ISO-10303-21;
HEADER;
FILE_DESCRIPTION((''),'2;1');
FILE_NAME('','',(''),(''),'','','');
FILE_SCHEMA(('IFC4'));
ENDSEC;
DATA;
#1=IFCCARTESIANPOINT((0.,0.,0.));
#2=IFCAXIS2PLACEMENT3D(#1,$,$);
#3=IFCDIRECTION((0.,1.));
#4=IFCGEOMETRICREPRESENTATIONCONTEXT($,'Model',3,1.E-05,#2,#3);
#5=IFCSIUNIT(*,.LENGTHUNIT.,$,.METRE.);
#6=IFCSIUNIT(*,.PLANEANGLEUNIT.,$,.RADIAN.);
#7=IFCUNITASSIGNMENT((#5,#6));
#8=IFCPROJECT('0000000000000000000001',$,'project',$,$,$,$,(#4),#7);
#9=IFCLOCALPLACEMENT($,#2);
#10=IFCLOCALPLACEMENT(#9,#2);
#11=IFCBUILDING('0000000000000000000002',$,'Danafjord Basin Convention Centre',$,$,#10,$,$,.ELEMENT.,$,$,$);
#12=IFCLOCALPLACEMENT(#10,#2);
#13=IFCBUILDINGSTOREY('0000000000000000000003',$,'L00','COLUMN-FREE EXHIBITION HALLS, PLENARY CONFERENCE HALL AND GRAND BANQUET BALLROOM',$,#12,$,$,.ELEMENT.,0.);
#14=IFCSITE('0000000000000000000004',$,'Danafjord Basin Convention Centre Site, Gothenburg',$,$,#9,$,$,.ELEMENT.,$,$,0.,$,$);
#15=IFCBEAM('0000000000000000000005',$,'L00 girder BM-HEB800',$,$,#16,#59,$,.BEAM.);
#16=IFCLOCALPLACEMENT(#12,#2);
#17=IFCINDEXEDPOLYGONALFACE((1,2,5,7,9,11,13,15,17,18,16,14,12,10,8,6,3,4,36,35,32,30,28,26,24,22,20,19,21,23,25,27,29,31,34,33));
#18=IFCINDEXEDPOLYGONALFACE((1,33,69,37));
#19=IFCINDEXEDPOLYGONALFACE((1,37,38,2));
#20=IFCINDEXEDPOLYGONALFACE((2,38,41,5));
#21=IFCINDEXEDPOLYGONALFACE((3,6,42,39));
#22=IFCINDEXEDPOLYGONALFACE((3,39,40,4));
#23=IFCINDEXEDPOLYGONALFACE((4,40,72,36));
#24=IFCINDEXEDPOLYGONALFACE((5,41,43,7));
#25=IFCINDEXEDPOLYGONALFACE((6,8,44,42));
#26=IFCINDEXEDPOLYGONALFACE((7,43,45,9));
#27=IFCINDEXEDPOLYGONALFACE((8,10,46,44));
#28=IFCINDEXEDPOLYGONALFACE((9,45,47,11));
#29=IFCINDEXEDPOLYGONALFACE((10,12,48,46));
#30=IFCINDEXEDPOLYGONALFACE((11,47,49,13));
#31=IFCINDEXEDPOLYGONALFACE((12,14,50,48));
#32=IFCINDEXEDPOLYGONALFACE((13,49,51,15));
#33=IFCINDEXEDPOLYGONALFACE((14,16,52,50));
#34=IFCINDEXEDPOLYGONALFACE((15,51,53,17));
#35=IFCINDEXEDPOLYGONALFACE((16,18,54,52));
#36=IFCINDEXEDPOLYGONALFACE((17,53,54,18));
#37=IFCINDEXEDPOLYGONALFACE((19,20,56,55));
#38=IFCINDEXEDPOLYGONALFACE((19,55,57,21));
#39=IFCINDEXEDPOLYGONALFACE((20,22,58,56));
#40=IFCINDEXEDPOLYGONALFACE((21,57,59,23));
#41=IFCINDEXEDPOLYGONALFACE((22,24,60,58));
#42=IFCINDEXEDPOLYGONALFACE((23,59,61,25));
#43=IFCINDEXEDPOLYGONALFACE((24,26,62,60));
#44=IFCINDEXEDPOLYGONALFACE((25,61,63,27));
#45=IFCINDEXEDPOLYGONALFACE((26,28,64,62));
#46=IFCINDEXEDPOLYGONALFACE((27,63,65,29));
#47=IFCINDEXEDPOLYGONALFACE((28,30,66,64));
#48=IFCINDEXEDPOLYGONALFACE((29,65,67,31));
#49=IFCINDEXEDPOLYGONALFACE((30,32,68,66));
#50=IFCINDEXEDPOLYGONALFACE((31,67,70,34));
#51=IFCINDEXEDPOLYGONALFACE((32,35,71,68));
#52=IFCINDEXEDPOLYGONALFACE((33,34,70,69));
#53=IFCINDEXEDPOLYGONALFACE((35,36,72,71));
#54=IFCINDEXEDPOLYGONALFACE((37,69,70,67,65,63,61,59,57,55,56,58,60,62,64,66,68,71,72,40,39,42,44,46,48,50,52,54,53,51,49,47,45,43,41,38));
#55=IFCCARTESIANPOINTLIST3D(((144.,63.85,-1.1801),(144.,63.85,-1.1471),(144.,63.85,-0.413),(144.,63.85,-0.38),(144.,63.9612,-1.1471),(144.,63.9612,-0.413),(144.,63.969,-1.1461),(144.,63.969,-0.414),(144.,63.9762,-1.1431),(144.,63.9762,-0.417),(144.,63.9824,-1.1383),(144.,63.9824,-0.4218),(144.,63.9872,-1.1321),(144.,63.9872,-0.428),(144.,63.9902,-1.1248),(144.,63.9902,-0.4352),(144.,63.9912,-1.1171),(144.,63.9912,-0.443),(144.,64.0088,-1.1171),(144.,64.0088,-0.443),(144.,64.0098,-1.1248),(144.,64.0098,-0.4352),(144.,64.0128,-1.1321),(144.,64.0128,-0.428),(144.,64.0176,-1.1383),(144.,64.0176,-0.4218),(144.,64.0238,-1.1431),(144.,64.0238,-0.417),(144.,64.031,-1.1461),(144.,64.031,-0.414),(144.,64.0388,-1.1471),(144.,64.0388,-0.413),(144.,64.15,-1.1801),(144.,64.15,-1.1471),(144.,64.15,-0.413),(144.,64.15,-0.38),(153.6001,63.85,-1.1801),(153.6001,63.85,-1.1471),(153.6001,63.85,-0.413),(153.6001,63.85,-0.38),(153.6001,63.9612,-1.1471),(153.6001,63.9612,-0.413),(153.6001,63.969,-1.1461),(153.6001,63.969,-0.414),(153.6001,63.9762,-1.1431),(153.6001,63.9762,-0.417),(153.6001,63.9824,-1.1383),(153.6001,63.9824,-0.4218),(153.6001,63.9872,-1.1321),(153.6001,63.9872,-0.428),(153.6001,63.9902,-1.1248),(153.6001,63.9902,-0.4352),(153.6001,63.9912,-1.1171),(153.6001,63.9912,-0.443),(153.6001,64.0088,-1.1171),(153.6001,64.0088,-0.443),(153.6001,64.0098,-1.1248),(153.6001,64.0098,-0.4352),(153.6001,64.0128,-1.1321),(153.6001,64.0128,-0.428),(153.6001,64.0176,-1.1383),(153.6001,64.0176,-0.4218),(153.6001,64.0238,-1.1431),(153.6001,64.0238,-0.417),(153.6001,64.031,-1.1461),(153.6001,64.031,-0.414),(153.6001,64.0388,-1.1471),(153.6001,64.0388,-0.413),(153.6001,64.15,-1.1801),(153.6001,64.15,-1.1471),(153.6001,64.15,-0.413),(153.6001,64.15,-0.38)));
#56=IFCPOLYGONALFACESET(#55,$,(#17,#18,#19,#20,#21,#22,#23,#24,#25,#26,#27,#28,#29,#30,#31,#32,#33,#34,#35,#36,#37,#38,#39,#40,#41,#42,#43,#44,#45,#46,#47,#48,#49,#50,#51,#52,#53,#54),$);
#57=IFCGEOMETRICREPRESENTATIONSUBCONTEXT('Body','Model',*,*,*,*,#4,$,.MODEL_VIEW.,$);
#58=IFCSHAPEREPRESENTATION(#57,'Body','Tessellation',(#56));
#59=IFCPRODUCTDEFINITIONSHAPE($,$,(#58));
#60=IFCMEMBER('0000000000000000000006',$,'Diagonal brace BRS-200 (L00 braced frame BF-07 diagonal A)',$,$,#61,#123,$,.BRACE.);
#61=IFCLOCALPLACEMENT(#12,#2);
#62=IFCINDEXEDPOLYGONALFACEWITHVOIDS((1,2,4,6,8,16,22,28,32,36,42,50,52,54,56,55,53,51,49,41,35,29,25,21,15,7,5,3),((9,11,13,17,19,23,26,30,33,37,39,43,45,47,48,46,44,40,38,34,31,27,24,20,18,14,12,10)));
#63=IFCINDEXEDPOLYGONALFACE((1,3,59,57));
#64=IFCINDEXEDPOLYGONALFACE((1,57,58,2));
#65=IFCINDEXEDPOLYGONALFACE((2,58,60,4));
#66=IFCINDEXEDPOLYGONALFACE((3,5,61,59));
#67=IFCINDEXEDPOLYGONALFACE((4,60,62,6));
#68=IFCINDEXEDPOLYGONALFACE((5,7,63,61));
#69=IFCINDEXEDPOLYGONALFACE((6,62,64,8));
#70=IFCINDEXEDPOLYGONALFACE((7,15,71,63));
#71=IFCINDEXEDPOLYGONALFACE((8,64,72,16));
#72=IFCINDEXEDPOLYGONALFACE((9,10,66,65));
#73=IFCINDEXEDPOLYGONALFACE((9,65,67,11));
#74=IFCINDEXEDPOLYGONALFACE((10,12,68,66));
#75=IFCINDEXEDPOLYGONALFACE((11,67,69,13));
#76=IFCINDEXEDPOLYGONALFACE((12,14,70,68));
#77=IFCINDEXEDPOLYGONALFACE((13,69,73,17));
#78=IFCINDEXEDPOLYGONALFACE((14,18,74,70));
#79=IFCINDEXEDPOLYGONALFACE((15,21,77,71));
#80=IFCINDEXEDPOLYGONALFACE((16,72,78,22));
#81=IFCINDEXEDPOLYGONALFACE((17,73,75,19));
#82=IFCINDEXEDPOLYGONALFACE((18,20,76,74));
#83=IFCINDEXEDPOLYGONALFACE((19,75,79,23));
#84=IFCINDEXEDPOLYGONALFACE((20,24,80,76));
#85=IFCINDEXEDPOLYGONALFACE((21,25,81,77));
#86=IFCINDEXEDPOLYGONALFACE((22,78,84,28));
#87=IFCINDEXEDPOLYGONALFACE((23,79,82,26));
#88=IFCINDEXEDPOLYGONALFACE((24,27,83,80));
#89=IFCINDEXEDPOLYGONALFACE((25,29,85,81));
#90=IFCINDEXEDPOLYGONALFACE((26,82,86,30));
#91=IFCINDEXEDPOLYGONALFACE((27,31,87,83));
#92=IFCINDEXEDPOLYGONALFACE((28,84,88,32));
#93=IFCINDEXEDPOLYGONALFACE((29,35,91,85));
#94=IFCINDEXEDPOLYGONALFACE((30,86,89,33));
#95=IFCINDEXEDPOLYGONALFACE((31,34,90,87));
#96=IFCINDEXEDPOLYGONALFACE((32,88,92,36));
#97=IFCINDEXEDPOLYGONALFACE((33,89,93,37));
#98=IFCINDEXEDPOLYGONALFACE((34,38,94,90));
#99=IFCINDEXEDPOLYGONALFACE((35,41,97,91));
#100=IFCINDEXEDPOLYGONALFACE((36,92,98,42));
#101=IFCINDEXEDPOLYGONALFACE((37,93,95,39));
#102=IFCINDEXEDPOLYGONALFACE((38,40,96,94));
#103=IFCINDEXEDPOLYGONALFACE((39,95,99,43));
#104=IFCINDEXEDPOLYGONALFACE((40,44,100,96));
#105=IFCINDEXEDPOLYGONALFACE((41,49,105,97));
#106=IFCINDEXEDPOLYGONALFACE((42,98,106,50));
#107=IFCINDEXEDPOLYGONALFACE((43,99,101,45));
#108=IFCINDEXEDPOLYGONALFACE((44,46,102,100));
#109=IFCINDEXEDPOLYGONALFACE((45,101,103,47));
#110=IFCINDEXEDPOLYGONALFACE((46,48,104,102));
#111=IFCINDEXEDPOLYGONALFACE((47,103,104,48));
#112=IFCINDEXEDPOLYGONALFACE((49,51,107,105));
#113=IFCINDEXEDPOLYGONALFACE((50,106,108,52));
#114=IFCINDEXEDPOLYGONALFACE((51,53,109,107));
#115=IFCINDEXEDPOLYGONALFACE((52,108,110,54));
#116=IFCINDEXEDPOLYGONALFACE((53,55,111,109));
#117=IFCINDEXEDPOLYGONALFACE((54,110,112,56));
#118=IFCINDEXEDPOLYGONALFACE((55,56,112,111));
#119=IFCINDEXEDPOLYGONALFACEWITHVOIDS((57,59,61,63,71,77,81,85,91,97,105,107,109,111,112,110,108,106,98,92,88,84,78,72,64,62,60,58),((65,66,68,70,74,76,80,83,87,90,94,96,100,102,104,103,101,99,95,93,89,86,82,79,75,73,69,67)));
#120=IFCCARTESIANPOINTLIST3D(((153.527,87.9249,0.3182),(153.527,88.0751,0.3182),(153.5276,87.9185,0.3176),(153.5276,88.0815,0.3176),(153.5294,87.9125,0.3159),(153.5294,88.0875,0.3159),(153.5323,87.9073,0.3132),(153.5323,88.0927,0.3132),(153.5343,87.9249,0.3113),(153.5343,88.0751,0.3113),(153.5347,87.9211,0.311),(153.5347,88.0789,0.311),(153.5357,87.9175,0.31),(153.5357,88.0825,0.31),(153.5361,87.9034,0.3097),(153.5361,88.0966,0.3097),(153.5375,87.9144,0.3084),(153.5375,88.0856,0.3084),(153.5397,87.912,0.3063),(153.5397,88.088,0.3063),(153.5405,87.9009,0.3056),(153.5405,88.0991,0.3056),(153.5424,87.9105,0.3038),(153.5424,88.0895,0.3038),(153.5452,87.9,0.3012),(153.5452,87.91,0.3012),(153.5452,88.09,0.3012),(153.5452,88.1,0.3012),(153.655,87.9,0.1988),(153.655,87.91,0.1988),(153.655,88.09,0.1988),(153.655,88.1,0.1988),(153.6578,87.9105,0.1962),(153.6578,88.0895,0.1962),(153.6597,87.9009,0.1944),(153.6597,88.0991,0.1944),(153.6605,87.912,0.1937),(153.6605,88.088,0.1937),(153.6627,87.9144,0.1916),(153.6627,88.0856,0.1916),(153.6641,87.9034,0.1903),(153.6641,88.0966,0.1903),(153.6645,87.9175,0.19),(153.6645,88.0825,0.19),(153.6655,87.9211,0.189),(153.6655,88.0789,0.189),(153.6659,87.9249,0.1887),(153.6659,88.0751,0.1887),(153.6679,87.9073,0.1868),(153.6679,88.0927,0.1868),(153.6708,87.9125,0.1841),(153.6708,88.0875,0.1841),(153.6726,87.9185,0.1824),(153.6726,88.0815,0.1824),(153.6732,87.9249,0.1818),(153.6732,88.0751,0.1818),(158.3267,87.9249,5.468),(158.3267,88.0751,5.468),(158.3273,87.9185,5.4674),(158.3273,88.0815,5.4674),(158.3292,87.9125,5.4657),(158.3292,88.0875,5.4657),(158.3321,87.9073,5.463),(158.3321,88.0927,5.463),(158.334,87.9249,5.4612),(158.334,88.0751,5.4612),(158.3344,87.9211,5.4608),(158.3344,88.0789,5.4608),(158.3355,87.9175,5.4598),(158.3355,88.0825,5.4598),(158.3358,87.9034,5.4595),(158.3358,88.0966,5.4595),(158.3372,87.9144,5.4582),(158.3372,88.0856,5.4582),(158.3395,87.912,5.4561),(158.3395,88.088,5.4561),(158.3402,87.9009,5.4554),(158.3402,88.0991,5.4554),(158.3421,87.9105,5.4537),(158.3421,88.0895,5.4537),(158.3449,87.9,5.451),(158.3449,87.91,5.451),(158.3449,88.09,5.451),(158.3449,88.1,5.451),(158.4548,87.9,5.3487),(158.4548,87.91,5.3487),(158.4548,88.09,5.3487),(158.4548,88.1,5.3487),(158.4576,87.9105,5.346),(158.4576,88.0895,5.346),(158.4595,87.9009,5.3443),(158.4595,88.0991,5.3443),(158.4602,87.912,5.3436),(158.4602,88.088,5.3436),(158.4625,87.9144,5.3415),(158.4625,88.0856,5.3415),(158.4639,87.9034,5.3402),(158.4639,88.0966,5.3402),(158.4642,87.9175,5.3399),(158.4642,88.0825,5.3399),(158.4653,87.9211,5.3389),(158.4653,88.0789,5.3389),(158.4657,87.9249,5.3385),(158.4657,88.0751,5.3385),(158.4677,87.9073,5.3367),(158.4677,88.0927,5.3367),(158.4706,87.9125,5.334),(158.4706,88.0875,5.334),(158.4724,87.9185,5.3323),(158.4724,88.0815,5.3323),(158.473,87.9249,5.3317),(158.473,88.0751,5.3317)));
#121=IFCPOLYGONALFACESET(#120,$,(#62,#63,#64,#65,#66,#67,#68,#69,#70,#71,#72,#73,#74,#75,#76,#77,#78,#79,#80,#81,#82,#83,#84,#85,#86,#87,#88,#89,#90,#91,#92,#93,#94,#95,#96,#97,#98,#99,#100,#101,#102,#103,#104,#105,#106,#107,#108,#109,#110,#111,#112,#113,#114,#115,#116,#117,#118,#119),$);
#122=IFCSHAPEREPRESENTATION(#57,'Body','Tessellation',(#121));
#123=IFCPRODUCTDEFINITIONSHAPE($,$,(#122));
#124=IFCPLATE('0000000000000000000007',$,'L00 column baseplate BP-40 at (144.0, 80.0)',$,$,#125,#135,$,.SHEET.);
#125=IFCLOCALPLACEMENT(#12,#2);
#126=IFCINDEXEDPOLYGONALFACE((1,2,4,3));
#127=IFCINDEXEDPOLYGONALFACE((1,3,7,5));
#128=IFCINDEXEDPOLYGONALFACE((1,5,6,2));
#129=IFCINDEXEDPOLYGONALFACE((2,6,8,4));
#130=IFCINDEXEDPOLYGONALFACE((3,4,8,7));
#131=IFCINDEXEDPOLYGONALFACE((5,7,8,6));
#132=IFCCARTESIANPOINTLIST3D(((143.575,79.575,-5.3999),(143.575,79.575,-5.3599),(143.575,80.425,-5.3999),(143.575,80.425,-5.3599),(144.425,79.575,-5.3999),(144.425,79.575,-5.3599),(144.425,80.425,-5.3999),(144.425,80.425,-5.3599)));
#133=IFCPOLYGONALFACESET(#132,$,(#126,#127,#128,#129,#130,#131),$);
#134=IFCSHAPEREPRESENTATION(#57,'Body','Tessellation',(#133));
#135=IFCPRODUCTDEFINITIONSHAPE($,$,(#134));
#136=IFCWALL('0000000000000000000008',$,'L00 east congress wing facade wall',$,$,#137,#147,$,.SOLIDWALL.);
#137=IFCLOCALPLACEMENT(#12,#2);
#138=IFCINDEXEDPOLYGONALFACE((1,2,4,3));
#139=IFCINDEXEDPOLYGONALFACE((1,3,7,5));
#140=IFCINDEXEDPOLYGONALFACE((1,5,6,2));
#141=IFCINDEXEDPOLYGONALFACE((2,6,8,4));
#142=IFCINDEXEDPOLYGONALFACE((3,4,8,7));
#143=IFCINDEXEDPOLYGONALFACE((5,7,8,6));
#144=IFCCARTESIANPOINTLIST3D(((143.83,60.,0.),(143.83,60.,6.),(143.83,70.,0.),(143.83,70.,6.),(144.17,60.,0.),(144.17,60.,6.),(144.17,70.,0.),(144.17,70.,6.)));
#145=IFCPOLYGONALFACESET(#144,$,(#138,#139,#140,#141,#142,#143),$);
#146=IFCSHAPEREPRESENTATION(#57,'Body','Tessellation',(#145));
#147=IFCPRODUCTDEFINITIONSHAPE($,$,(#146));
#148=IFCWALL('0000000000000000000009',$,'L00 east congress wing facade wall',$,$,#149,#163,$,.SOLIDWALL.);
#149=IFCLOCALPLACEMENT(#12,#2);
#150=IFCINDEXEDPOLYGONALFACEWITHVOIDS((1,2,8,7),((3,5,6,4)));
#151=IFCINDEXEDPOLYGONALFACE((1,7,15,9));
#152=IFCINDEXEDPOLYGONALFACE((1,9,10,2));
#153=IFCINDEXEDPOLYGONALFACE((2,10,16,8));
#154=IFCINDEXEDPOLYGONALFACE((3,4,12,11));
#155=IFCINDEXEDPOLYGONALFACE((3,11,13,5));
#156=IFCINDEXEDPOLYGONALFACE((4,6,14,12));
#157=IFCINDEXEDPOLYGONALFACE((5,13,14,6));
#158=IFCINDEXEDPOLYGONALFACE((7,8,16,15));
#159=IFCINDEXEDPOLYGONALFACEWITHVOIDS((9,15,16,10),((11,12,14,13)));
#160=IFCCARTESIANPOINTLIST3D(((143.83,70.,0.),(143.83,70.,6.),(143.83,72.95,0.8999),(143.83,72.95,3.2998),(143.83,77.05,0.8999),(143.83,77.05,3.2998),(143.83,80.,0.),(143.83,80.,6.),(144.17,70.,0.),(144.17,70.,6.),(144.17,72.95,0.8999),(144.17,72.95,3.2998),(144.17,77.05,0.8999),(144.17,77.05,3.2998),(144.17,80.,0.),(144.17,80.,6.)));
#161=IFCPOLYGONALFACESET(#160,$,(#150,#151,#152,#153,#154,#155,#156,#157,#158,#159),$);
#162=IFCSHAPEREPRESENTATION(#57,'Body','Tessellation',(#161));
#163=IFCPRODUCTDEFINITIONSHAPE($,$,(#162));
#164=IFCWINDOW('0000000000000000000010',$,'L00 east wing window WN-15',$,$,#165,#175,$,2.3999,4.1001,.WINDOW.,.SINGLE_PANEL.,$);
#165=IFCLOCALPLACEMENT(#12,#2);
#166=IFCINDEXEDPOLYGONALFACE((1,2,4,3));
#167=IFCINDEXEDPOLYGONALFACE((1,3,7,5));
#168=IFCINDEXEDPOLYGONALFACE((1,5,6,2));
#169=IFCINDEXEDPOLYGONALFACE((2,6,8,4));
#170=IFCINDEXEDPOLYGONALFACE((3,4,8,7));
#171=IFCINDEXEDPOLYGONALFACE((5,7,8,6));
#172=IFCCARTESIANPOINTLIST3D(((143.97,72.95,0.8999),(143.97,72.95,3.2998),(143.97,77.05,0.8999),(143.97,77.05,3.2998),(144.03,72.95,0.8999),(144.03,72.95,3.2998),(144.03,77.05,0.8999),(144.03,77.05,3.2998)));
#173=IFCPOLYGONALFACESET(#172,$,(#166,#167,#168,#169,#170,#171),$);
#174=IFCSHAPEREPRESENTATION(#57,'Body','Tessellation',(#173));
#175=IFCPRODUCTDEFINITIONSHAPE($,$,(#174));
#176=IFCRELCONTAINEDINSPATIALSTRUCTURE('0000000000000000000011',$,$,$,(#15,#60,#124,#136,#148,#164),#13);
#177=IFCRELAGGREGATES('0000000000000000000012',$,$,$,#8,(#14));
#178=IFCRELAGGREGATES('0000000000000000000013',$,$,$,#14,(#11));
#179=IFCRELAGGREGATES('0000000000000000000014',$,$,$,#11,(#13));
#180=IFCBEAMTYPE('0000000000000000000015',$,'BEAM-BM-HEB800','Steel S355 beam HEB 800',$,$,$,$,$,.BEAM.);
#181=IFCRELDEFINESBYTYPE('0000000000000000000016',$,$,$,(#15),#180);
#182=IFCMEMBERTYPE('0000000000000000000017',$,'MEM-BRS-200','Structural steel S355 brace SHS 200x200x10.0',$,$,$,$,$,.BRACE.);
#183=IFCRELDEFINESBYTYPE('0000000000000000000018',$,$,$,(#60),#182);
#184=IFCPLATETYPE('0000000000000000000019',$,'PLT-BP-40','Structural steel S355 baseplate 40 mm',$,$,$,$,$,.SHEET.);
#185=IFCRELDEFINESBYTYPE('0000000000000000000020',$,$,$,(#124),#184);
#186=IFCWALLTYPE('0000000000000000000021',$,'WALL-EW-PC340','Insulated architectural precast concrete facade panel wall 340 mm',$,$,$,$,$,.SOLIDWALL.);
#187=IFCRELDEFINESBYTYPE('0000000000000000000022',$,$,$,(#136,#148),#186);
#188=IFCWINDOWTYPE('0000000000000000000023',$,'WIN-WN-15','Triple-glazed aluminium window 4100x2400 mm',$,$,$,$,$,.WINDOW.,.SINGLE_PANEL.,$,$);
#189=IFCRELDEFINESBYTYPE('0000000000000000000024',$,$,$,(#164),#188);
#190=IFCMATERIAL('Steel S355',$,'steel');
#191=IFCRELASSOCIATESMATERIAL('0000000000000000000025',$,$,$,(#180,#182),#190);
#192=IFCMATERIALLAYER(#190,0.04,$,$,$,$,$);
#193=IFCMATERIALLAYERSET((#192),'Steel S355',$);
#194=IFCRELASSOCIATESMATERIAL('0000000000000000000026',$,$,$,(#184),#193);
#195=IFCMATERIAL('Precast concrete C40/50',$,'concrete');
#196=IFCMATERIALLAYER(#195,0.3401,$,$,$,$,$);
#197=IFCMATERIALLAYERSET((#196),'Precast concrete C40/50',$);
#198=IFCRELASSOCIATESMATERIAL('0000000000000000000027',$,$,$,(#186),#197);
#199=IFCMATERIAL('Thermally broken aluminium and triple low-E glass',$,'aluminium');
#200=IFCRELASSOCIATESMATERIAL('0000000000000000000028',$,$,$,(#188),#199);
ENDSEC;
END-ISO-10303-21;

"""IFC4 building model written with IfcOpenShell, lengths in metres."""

from ifc_helpers import new_model, si_unit, direction, frame, frame_2d, origin, origin_2d, place, context, subcontext, project, spatial, rectangle, hollow_rectangle, i_section, extrude, material, layer, layer_set, material_profile, profile_set, type_object, element, fill, save


model = new_model("IFC4")

# Units and contexts
model_context = context("Model", 3, precision=1e-05, world=origin(), true_north=direction((0.0, 1.0)))
body_context = subcontext(model_context, "Body", "Model", "MODEL_VIEW")
ifc_project = project(units=[si_unit("LENGTHUNIT", "METRE"), si_unit("PLANEANGLEUNIT", "RADIAN")], contexts=[model_context])

# Site, building, storey
site_placement = place(None, origin())
site = spatial("IfcSite", under=ifc_project, at=site_placement, Name="Danafjord Basin Convention Centre Site, Gothenburg", CompositionType="ELEMENT", RefElevation=0.0)
building_placement = place(site_placement, origin())
building = spatial("IfcBuilding", under=site, at=building_placement, Name="Danafjord Basin Convention Centre", CompositionType="ELEMENT")
storey_placement = place(building_placement, origin())
storey = spatial("IfcBuildingStorey", under=building, at=storey_placement, Name="L00", Description="COLUMN-FREE EXHIBITION HALLS, PLENARY CONFERENCE HALL AND GRAND BANQUET BALLROOM", CompositionType="ELEMENT", Elevation=0.0)

# Shared definitions
ifc_material_1 = material(Name="Steel S355", Category="steel")

# Beam
ifc_material_profile_1 = material_profile(ifc_material_1, i_section(OverallWidth=0.3, OverallDepth=0.8, WebThickness=0.0176, FlangeThickness=0.033, FilletRadius=0.03, at=origin_2d()), Name="HEB 800")
ifc_profile_set_1 = profile_set([ifc_material_profile_1], Name="Steel S355")
beam_type_1 = type_object("IfcBeamType", Name="BEAM-BM-HEB800", Description="Steel S355 beam HEB 800", PredefinedType="BEAM", material=ifc_profile_set_1)
beam_1_placement = place(storey_placement, frame((144.0, 64.0, -0.78), z_axis=(1.0, 0.0, 0.0), x_axis=(0.0, 1.0, 0.0)))
element("IfcBeam", 1, at=beam_1_placement, inside=storey, type_object=beam_type_1, Name="L00 girder BM-HEB800", PredefinedType="BEAM", context=body_context, shape_type="SweptSolid", body=[
    extrude(i_section(OverallWidth=0.3, OverallDepth=0.8, WebThickness=0.0176, FlangeThickness=0.033, FilletRadius=0.03, at=origin_2d()), origin(), (0.0, 0.0, 1.0), 9.6001),
])

# Member
ifc_material_profile_2 = material_profile(ifc_material_1, hollow_rectangle(XDim=0.2, YDim=0.2, WallThickness=0.01, InnerFilletRadius=0.0149, OuterFilletRadius=0.0249, at=origin_2d()), Name="SHS 200x200x10.0")
ifc_profile_set_2 = profile_set([ifc_material_profile_2], Name="Steel S355")
member_type = type_object("IfcMemberType", Name="MEM-BRS-200", Description="Structural steel S355 brace SHS 200x200x10.0", PredefinedType="BRACE", material=ifc_profile_set_2)
member_placement = place(storey_placement, frame((153.6001, 88.0, 0.25), z_axis=(0.681804, 0.0, 0.731535), x_axis=(0.0, 1.0, 0.0)))
element("IfcMember", 2, at=member_placement, inside=storey, type_object=member_type, Name="Diagonal brace BRS-200 (L00 braced frame BF-07 diagonal A)", PredefinedType="BRACE", context=body_context, shape_type="SweptSolid", body=[
    extrude(hollow_rectangle(XDim=0.2, YDim=0.2, WallThickness=0.01, InnerFilletRadius=0.0149, OuterFilletRadius=0.0249, at=origin_2d()), origin(), (0.0, 0.0, 1.0), 7.0398),
])

# Plate
ifc_layer_1 = layer(ifc_material_1, 0.04)
ifc_layer_set_1 = layer_set([ifc_layer_1], Name="Steel S355")
plate_type = type_object("IfcPlateType", Name="PLT-BP-40", Description="Structural steel S355 baseplate 40 mm", PredefinedType="SHEET", material=ifc_layer_set_1)
plate_placement = place(storey_placement, frame((144.0, 80.0, -5.3999), z_axis=(0.0, 0.0, 1.0), x_axis=(1.0, 0.0, 0.0)))
element("IfcPlate", 3, at=plate_placement, inside=storey, type_object=plate_type, Name="L00 column baseplate BP-40 at (144.0, 80.0)", PredefinedType="SHEET", context=body_context, shape_type="SweptSolid", body=[
    extrude(rectangle(XDim=0.8501, YDim=0.8501, at=origin_2d()), origin(), (0.0, 0.0, 1.0), 0.04),
])

# Wall
ifc_material_2 = material(Name="Precast concrete C40/50", Category="concrete")
ifc_layer_2 = layer(ifc_material_2, 0.3401)
ifc_layer_set_2 = layer_set([ifc_layer_2], Name="Precast concrete C40/50")
wall_type_1 = type_object("IfcWallType", Name="WALL-EW-PC340", Description="Insulated architectural precast concrete facade panel wall 340 mm", PredefinedType="SOLIDWALL", material=ifc_layer_set_2)
wall_1_placement = place(storey_placement, frame((144.0, 60.0, 0.0), z_axis=(0.0, 0.0, 1.0), x_axis=(0.0, 1.0, 0.0)))
element("IfcWall", 4, at=wall_1_placement, inside=storey, type_object=wall_type_1, Name="L00 east congress wing facade wall", PredefinedType="SOLIDWALL", context=body_context, shape_type="SweptSolid", body=[
    extrude(rectangle(XDim=10.0, YDim=0.3401, at=frame_2d((5.0, 0.0))), origin(), (0.0, 0.0, 1.0), 6.0),
])

# Wall, opening, window
wall_2_placement = place(storey_placement, frame((144.0, 70.0, 0.0), z_axis=(0.0, 0.0, 1.0), x_axis=(0.0, 1.0, 0.0)))
wall_2 = element("IfcWall", 5, at=wall_2_placement, inside=storey, type_object=wall_type_1, Name="L00 east congress wing facade wall", PredefinedType="SOLIDWALL", context=body_context, shape_type="SweptSolid", body=[
    extrude(rectangle(XDim=10.0, YDim=0.3401, at=frame_2d((5.0, 0.0))), origin(), (0.0, 0.0, 1.0), 6.0),
])
opening_placement = place(wall_2_placement, frame((2.95, 0.0, 0.8999)))
opening = element("IfcOpeningElement", 6, at=opening_placement, cuts=wall_2, PredefinedType="OPENING", context=body_context, shape_type="SweptSolid", body=[
    extrude(rectangle(XDim=4.1001, YDim=2.3999, at=frame_2d((2.05, 1.2))), frame((0.0, 0.1799, 0.0), z_axis=(0.0, -1.0, 0.0), x_axis=(1.0, 0.0, 0.0)), (0.0, 0.0, 1.0), 0.3601),
])
ifc_material_3 = material(Name="Thermally broken aluminium and triple low-E glass", Category="aluminium")
window_type = type_object("IfcWindowType", Name="WIN-WN-15", Description="Triple-glazed aluminium window 4100x2400 mm", PartitioningType="SINGLE_PANEL", PredefinedType="WINDOW", material=ifc_material_3)
window_placement = place(opening_placement, origin())
window = element("IfcWindow", 7, at=window_placement, inside=storey, type_object=window_type, Name="L00 east wing window WN-15", OverallHeight=2.3999, OverallWidth=4.1001, PartitioningType="SINGLE_PANEL", PredefinedType="WINDOW", context=body_context, shape_type="SweptSolid", body=[
    extrude(rectangle(XDim=4.1001, YDim=2.3999, at=frame_2d((2.05, 1.2))), frame((0.0, 0.03, 0.0), z_axis=(0.0, -1.0, 0.0), x_axis=(1.0, 0.0, 0.0)), (0.0, 0.0, 1.0), 0.0601),
])
fill(opening, window)

save(model, "model.ifc")
